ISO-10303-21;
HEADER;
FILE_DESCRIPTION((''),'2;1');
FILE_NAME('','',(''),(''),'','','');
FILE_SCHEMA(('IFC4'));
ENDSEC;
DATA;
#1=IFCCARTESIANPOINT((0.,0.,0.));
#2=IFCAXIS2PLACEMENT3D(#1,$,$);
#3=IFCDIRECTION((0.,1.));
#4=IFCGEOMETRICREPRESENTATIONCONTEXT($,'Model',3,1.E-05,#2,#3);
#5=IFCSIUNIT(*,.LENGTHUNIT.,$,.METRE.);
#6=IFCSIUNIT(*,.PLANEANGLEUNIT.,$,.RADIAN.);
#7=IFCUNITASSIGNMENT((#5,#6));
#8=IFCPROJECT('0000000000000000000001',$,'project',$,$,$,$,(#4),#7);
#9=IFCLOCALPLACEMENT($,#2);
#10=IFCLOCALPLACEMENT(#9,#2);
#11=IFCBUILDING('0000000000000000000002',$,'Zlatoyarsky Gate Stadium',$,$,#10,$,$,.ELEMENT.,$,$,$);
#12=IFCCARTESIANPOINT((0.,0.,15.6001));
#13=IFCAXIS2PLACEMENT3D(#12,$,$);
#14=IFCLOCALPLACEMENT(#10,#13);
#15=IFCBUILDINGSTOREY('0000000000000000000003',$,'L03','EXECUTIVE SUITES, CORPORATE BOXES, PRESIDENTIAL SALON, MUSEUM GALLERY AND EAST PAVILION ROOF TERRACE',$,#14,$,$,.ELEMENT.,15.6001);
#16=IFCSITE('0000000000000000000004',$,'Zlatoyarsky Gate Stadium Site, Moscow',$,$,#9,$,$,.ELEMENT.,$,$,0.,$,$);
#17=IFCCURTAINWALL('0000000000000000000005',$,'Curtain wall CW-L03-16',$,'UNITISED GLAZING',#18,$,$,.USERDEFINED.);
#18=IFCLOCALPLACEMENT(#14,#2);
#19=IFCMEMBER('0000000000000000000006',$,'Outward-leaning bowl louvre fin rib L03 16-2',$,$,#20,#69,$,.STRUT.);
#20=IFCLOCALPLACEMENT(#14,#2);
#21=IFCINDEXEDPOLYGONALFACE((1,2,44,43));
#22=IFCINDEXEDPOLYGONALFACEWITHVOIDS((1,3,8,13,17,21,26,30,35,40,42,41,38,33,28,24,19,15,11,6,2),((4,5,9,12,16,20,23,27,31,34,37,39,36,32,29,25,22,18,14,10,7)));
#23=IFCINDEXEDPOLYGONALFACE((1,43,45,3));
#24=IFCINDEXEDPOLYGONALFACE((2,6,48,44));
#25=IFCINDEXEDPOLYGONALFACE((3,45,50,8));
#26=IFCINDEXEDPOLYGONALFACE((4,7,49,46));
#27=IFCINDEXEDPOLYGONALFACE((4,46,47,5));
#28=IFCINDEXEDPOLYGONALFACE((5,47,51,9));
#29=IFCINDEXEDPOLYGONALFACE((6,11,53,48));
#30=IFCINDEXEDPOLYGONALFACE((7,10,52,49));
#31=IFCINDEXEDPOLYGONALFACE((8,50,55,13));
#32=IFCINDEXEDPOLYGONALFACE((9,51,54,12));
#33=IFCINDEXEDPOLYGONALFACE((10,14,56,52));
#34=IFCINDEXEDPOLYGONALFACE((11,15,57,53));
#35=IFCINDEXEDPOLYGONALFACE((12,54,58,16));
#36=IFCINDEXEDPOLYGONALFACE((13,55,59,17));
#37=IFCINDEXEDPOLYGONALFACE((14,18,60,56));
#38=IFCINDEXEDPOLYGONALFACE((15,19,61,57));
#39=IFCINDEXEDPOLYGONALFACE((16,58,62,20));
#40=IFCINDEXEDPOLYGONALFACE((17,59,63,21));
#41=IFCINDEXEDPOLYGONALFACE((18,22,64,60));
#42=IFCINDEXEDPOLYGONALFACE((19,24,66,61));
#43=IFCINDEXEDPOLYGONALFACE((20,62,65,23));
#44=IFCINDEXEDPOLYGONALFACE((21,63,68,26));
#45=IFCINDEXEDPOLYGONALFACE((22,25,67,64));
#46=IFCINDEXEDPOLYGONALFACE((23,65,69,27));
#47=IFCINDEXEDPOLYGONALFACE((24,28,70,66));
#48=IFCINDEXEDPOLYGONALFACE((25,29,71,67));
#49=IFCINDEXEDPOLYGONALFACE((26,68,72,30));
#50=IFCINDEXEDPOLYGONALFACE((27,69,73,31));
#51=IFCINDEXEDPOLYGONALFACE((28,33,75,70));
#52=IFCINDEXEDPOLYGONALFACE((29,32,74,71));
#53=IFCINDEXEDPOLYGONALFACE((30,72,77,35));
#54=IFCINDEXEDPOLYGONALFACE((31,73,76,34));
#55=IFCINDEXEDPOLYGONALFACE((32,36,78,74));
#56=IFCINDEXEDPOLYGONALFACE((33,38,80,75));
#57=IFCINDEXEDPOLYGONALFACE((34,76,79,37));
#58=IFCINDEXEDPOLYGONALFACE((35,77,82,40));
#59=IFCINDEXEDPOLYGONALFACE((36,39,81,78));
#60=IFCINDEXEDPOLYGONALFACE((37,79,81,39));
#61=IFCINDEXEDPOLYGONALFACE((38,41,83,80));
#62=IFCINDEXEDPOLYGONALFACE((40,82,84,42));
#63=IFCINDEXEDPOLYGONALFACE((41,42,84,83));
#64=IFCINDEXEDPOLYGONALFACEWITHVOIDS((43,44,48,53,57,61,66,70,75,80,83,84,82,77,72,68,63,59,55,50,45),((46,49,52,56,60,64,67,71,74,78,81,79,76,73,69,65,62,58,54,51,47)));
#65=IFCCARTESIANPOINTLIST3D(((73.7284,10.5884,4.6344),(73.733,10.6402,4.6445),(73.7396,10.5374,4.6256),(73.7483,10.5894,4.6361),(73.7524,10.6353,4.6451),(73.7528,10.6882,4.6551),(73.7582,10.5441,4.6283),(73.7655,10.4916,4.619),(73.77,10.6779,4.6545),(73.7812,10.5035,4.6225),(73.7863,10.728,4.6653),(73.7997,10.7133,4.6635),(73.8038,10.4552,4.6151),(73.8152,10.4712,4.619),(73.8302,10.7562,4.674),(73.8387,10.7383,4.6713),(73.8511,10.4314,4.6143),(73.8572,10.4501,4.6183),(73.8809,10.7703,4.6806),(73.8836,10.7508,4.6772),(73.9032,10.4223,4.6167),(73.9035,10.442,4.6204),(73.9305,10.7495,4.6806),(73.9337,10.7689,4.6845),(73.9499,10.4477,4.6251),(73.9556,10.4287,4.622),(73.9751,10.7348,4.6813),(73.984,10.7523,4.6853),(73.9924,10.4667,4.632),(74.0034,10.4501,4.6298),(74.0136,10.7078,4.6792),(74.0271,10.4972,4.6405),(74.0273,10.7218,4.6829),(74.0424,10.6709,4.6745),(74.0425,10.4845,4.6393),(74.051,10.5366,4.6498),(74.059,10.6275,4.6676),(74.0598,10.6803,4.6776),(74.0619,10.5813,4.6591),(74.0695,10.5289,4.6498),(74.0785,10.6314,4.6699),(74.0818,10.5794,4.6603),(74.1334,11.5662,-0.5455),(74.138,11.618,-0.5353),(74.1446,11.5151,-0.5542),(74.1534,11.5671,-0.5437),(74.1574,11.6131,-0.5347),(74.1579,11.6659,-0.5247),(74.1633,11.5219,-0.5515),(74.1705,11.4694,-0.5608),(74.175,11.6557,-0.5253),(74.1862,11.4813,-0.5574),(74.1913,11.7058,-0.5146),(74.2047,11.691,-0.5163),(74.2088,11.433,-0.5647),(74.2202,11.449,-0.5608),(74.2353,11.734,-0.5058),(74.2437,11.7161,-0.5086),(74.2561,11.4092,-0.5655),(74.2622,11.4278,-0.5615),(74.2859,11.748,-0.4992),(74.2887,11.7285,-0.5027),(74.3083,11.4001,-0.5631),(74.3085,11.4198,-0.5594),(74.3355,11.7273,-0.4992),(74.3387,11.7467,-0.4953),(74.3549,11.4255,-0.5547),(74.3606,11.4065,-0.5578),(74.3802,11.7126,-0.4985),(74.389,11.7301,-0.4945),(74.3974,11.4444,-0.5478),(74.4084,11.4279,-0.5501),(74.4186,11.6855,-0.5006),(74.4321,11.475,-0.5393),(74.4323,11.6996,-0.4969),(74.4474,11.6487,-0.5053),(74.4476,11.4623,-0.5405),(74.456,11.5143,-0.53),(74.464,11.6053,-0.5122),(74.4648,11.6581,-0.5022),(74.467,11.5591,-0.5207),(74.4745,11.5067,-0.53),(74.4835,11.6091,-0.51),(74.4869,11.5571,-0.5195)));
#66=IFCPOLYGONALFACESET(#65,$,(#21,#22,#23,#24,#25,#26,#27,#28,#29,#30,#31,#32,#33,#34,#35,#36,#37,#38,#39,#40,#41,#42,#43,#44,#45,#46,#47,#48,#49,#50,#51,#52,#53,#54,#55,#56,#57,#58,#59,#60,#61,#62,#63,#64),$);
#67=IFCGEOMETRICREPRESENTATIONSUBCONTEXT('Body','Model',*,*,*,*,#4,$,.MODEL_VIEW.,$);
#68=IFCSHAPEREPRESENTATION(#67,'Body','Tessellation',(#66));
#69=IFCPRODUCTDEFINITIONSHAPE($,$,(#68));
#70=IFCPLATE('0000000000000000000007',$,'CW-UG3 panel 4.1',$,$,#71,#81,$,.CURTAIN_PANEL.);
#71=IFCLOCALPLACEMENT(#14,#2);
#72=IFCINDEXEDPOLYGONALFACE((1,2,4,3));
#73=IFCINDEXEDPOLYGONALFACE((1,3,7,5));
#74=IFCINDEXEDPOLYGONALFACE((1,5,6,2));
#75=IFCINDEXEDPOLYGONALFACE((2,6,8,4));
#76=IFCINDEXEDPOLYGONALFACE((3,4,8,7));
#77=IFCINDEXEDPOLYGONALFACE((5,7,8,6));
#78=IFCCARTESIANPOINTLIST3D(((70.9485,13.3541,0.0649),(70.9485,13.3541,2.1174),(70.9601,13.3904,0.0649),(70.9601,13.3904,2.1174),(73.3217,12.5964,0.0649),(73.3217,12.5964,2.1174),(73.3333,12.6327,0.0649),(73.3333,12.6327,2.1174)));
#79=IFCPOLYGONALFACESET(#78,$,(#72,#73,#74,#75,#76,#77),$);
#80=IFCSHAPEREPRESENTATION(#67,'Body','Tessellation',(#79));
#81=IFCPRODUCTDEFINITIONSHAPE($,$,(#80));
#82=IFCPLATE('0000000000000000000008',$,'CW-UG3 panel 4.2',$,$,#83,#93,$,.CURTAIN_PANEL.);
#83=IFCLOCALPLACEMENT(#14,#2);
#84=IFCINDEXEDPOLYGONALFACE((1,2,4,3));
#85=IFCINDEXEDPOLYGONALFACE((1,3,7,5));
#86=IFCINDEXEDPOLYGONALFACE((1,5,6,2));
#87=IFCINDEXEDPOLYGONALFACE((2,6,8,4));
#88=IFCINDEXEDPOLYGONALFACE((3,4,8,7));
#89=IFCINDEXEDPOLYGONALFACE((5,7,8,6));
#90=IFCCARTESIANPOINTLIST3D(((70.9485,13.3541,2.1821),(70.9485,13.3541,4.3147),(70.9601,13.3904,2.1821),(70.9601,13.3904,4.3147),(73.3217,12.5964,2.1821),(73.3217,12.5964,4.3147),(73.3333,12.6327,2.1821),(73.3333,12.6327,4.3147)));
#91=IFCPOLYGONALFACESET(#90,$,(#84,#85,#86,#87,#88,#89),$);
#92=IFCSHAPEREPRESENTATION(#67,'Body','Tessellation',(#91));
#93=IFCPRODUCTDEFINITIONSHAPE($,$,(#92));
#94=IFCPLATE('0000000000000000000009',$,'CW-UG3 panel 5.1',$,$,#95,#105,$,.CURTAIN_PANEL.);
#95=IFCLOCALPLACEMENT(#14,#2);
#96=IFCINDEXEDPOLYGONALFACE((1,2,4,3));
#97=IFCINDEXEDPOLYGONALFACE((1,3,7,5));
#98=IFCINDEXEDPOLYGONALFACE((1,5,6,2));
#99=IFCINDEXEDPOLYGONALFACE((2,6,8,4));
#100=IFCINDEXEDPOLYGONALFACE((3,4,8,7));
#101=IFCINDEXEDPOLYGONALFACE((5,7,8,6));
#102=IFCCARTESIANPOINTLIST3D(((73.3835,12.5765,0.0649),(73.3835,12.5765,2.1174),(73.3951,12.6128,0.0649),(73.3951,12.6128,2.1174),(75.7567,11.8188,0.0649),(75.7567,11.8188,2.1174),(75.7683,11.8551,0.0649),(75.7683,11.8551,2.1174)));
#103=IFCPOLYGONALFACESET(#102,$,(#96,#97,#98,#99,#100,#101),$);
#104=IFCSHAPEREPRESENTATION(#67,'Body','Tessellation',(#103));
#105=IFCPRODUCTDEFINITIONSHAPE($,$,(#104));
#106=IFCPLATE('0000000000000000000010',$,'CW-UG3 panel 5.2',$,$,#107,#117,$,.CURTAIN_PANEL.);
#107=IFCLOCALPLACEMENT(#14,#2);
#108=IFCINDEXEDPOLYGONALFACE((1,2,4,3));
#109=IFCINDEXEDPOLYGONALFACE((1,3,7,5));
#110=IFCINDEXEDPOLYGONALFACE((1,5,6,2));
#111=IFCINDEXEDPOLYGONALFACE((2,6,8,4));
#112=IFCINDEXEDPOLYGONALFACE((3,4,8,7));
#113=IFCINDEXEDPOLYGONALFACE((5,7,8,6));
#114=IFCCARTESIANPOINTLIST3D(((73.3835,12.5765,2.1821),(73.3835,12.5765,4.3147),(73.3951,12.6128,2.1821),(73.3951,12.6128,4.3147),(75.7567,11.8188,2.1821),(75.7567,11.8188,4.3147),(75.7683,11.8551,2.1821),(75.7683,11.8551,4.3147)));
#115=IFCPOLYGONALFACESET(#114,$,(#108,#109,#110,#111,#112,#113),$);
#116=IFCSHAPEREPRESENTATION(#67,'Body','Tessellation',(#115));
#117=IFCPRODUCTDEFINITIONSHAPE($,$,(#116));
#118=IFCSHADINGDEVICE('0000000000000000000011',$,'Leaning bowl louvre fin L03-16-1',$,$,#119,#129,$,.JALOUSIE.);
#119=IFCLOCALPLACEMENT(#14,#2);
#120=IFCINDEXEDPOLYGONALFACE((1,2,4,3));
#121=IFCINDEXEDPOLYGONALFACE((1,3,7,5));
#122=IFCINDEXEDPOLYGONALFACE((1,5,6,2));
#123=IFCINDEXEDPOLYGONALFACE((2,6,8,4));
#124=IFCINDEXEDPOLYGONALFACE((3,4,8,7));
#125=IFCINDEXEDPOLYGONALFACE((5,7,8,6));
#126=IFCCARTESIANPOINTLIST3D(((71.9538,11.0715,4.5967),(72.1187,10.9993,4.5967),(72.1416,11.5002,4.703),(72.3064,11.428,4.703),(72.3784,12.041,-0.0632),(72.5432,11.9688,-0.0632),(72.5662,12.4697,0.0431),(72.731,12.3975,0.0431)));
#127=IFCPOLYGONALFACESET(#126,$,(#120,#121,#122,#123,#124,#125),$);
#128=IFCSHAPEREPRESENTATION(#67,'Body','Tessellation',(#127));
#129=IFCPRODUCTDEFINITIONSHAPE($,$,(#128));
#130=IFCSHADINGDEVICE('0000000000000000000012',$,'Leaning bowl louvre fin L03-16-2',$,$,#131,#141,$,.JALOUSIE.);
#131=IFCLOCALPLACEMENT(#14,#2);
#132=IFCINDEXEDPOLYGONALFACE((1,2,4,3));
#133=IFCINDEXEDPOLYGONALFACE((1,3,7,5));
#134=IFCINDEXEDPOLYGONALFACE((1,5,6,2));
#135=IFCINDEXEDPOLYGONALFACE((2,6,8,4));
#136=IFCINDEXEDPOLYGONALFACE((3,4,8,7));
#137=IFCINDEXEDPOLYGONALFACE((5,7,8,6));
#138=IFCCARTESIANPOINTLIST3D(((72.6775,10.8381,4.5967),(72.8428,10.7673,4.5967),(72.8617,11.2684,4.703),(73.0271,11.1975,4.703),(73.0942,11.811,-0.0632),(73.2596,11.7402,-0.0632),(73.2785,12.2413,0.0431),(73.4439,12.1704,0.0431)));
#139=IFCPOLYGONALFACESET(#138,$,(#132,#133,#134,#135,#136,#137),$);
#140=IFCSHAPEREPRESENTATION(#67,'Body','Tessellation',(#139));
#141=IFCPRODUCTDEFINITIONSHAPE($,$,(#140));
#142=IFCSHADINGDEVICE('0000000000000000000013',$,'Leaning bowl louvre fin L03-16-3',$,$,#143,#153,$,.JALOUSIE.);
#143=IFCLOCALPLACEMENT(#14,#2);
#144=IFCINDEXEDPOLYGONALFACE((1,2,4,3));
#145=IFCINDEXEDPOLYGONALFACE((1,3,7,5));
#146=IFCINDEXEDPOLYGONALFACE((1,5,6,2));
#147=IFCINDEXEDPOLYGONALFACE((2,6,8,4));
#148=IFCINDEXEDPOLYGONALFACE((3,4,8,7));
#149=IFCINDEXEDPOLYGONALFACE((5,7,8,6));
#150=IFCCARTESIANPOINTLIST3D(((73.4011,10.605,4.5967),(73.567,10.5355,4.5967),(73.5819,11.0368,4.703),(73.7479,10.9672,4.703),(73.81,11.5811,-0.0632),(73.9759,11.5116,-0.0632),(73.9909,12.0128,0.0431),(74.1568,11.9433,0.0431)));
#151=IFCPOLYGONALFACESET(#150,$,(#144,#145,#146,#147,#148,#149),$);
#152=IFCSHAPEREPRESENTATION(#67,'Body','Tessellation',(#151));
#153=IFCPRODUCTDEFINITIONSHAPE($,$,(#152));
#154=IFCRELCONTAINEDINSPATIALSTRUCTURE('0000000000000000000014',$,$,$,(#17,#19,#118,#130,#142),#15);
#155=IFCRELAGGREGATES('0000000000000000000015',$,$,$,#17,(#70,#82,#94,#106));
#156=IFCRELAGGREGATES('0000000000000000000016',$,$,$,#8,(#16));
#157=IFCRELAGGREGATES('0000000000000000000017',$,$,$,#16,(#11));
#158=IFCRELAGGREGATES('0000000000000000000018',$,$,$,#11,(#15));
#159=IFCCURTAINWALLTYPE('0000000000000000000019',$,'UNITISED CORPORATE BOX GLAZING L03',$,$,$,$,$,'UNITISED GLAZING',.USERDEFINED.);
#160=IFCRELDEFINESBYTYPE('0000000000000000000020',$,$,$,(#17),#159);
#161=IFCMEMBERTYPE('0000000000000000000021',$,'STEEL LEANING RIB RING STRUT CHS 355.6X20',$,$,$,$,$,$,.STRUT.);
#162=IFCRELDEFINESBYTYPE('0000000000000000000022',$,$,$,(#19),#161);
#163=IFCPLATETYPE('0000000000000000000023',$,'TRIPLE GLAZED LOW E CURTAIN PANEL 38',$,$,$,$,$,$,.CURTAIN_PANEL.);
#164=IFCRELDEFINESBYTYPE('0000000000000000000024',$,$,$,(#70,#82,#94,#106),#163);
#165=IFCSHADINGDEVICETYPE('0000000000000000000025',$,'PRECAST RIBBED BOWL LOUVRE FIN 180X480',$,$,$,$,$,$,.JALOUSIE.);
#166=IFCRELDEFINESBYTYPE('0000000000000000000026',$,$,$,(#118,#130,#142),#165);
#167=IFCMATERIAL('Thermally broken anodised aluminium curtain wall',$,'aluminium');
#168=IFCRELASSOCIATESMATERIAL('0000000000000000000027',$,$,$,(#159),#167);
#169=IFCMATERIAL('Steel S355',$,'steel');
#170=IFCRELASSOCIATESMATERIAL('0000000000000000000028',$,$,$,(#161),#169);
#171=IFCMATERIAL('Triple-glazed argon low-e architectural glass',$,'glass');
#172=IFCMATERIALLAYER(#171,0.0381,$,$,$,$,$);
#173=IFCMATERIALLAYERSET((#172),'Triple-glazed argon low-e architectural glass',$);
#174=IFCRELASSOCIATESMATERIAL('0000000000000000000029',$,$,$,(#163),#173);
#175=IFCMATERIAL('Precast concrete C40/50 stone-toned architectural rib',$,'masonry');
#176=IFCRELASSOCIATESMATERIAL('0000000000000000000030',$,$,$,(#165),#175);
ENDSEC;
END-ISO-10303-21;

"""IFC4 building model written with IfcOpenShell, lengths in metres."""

from ifc_helpers import new_model, si_unit, direction, frame, origin, origin_2d, place, context, subcontext, project, spatial, rectangle, hollow_circle, extrude, material, layer, layer_set, material_profile, profile_set, type_object, element, aggregate, save


model = new_model("IFC4")

# Units and contexts
model_context = context("Model", 3, precision=1e-05, world=origin(), true_north=direction((0.0, 1.0)))
body_context = subcontext(model_context, "Body", "Model", "MODEL_VIEW")
ifc_project = project(units=[si_unit("LENGTHUNIT", "METRE"), si_unit("PLANEANGLEUNIT", "RADIAN")], contexts=[model_context])

# Site, building, storey
site_placement = place(None, origin())
site = spatial("IfcSite", under=ifc_project, at=site_placement, Name="Zlatoyarsky Gate Stadium Site, Moscow", CompositionType="ELEMENT", RefElevation=0.0)
building_placement = place(site_placement, origin())
building = spatial("IfcBuilding", under=site, at=building_placement, Name="Zlatoyarsky Gate Stadium", CompositionType="ELEMENT")
storey_placement = place(building_placement, frame((0.0, 0.0, 15.6001)))
storey = spatial("IfcBuildingStorey", under=building, at=storey_placement, Name="L03", Description="EXECUTIVE SUITES, CORPORATE BOXES, PRESIDENTIAL SALON, MUSEUM GALLERY AND EAST PAVILION ROOF TERRACE", CompositionType="ELEMENT", Elevation=15.6001)

# Curtain wall
ifc_material_1 = material(Name="Thermally broken anodised aluminium curtain wall", Category="aluminium")
curtain_wall_type = type_object("IfcCurtainWallType", Name="UNITISED CORPORATE BOX GLAZING L03", ElementType="UNITISED GLAZING", PredefinedType="USERDEFINED", material=ifc_material_1)
curtain_wall_placement = place(storey_placement, origin())
curtain_wall = element("IfcCurtainWall", 1, at=curtain_wall_placement, inside=storey, type_object=curtain_wall_type, Name="Curtain wall CW-L03-16", ObjectType="UNITISED GLAZING", PredefinedType="USERDEFINED")

# Member
ifc_material_2 = material(Name="Steel S355", Category="steel")
ifc_material_profile_1 = material_profile(ifc_material_2, hollow_circle(Radius=0.1777, WallThickness=0.02, at=origin_2d()), Name="CHS 355.6X20")
ifc_profile_set_1 = profile_set([ifc_material_profile_1], Name="Steel S355")
member_type_1 = type_object("IfcMemberType", Name="STEEL LEANING RIB RING STRUT CHS 355.6X20", PredefinedType="STRUT", material=ifc_profile_set_1)
member_1_placement = place(storey_placement, frame((74.3103, 11.5747, -0.53), z_axis=(-0.076609, -0.184943, 0.979759), x_axis=(0.923873, -0.382698, 0.0)))
element("IfcMember", 2, at=member_1_placement, inside=storey, type_object=member_type_1, Name="Outward-leaning bowl louvre fin rib L03 16-2", PredefinedType="STRUT", context=body_context, shape_type="SweptSolid", body=[
    extrude(hollow_circle(Radius=0.1777, WallThickness=0.02, at=origin_2d()), origin(), (0.0, 0.0, 1.0), 5.2869),
])

# Plates
ifc_material_3 = material(Name="Triple-glazed argon low-e architectural glass", Category="glass")
ifc_layer = layer(ifc_material_3, 0.0381)
ifc_layer_set = layer_set([ifc_layer], Name="Triple-glazed argon low-e architectural glass")
plate_type = type_object("IfcPlateType", Name="TRIPLE GLAZED LOW E CURTAIN PANEL 38", PredefinedType="CURTAIN_PANEL", material=ifc_layer_set)
plate_1_placement = place(storey_placement, frame((72.1409, 12.9934, 0.0649), z_axis=(0.0, 0.0, 1.0), x_axis=(0.95262, -0.304162, 0.0)))
plate_1 = element("IfcPlate", 3, at=plate_1_placement, type_object=plate_type, Name="CW-UG3 panel 4.1", PredefinedType="CURTAIN_PANEL", context=body_context, shape_type="SweptSolid", body=[
    extrude(rectangle(XDim=2.4912, YDim=0.0381, at=origin_2d()), origin(), (0.0, 0.0, 1.0), 2.0525),
])
plate_2_placement = place(storey_placement, frame((72.1409, 12.9934, 2.1821), z_axis=(0.0, 0.0, 1.0), x_axis=(0.95262, -0.304162, 0.0)))
plate_2 = element("IfcPlate", 4, at=plate_2_placement, type_object=plate_type, Name="CW-UG3 panel 4.2", PredefinedType="CURTAIN_PANEL", context=body_context, shape_type="SweptSolid", body=[
    extrude(rectangle(XDim=2.4912, YDim=0.0381, at=origin_2d()), origin(), (0.0, 0.0, 1.0), 2.1326),
])
plate_3_placement = place(storey_placement, frame((74.5759, 12.2158, 0.0649), z_axis=(0.0, 0.0, 1.0), x_axis=(0.95262, -0.304162, 0.0)))
plate_3 = element("IfcPlate", 5, at=plate_3_placement, type_object=plate_type, Name="CW-UG3 panel 5.1", PredefinedType="CURTAIN_PANEL", context=body_context, shape_type="SweptSolid", body=[
    extrude(rectangle(XDim=2.4912, YDim=0.0381, at=origin_2d()), origin(), (0.0, 0.0, 1.0), 2.0525),
])
plate_4_placement = place(storey_placement, frame((74.5759, 12.2158, 2.1821), z_axis=(0.0, 0.0, 1.0), x_axis=(0.95262, -0.304162, 0.0)))
plate_4 = element("IfcPlate", 6, at=plate_4_placement, type_object=plate_type, Name="CW-UG3 panel 5.2", PredefinedType="CURTAIN_PANEL", context=body_context, shape_type="SweptSolid", body=[
    extrude(rectangle(XDim=2.4912, YDim=0.0381, at=origin_2d()), origin(), (0.0, 0.0, 1.0), 2.1326),
])
aggregate(curtain_wall, [plate_1, plate_2, plate_3, plate_4])

# Shading devices
ifc_material_4 = material(Name="Precast concrete C40/50 stone-toned architectural rib", Category="masonry")
ifc_material_profile_2 = material_profile(ifc_material_4, rectangle(XDim=0.1799, YDim=0.48, at=origin_2d()), Name="RIB 180X480")
ifc_profile_set_2 = profile_set([ifc_material_profile_2], Name="Precast concrete C40/50 stone-toned architectural rib")
shading_device_type = type_object("IfcShadingDeviceType", Name="PRECAST RIBBED BOWL LOUVRE FIN 180X480", PredefinedType="JALOUSIE", material=ifc_profile_set_2)
for number, where, z_axis, x_axis, name in (
    (7, (72.5547, 12.2192, -0.01), (-0.088846, -0.20288, 0.975165), (0.916014, -0.401146, 0.0), "Leaning bowl louvre fin L03-16-1"),
    (8, (73.269, 11.9907, -0.01), (-0.087211, -0.203595, 0.975163), (0.919217, -0.393752, 0.0), "Leaning bowl louvre fin L03-16-2"),
    (9, (73.9834, 11.7622, -0.01), (-0.085577, -0.204261, 0.975169), (0.922324, -0.386417, 0.0), "Leaning bowl louvre fin L03-16-3"),
):
    element("IfcShadingDevice", number, at=place(storey_placement, frame(where, z_axis=z_axis, x_axis=x_axis)), inside=storey, type_object=shading_device_type, Name=name, PredefinedType="JALOUSIE", context=body_context, shape_type="SweptSolid", body=[
        extrude(rectangle(XDim=0.1799, YDim=0.48, at=origin_2d()), origin(), (0.0, 0.0, 1.0), 4.7786),
    ])

save(model, "model.ifc")
